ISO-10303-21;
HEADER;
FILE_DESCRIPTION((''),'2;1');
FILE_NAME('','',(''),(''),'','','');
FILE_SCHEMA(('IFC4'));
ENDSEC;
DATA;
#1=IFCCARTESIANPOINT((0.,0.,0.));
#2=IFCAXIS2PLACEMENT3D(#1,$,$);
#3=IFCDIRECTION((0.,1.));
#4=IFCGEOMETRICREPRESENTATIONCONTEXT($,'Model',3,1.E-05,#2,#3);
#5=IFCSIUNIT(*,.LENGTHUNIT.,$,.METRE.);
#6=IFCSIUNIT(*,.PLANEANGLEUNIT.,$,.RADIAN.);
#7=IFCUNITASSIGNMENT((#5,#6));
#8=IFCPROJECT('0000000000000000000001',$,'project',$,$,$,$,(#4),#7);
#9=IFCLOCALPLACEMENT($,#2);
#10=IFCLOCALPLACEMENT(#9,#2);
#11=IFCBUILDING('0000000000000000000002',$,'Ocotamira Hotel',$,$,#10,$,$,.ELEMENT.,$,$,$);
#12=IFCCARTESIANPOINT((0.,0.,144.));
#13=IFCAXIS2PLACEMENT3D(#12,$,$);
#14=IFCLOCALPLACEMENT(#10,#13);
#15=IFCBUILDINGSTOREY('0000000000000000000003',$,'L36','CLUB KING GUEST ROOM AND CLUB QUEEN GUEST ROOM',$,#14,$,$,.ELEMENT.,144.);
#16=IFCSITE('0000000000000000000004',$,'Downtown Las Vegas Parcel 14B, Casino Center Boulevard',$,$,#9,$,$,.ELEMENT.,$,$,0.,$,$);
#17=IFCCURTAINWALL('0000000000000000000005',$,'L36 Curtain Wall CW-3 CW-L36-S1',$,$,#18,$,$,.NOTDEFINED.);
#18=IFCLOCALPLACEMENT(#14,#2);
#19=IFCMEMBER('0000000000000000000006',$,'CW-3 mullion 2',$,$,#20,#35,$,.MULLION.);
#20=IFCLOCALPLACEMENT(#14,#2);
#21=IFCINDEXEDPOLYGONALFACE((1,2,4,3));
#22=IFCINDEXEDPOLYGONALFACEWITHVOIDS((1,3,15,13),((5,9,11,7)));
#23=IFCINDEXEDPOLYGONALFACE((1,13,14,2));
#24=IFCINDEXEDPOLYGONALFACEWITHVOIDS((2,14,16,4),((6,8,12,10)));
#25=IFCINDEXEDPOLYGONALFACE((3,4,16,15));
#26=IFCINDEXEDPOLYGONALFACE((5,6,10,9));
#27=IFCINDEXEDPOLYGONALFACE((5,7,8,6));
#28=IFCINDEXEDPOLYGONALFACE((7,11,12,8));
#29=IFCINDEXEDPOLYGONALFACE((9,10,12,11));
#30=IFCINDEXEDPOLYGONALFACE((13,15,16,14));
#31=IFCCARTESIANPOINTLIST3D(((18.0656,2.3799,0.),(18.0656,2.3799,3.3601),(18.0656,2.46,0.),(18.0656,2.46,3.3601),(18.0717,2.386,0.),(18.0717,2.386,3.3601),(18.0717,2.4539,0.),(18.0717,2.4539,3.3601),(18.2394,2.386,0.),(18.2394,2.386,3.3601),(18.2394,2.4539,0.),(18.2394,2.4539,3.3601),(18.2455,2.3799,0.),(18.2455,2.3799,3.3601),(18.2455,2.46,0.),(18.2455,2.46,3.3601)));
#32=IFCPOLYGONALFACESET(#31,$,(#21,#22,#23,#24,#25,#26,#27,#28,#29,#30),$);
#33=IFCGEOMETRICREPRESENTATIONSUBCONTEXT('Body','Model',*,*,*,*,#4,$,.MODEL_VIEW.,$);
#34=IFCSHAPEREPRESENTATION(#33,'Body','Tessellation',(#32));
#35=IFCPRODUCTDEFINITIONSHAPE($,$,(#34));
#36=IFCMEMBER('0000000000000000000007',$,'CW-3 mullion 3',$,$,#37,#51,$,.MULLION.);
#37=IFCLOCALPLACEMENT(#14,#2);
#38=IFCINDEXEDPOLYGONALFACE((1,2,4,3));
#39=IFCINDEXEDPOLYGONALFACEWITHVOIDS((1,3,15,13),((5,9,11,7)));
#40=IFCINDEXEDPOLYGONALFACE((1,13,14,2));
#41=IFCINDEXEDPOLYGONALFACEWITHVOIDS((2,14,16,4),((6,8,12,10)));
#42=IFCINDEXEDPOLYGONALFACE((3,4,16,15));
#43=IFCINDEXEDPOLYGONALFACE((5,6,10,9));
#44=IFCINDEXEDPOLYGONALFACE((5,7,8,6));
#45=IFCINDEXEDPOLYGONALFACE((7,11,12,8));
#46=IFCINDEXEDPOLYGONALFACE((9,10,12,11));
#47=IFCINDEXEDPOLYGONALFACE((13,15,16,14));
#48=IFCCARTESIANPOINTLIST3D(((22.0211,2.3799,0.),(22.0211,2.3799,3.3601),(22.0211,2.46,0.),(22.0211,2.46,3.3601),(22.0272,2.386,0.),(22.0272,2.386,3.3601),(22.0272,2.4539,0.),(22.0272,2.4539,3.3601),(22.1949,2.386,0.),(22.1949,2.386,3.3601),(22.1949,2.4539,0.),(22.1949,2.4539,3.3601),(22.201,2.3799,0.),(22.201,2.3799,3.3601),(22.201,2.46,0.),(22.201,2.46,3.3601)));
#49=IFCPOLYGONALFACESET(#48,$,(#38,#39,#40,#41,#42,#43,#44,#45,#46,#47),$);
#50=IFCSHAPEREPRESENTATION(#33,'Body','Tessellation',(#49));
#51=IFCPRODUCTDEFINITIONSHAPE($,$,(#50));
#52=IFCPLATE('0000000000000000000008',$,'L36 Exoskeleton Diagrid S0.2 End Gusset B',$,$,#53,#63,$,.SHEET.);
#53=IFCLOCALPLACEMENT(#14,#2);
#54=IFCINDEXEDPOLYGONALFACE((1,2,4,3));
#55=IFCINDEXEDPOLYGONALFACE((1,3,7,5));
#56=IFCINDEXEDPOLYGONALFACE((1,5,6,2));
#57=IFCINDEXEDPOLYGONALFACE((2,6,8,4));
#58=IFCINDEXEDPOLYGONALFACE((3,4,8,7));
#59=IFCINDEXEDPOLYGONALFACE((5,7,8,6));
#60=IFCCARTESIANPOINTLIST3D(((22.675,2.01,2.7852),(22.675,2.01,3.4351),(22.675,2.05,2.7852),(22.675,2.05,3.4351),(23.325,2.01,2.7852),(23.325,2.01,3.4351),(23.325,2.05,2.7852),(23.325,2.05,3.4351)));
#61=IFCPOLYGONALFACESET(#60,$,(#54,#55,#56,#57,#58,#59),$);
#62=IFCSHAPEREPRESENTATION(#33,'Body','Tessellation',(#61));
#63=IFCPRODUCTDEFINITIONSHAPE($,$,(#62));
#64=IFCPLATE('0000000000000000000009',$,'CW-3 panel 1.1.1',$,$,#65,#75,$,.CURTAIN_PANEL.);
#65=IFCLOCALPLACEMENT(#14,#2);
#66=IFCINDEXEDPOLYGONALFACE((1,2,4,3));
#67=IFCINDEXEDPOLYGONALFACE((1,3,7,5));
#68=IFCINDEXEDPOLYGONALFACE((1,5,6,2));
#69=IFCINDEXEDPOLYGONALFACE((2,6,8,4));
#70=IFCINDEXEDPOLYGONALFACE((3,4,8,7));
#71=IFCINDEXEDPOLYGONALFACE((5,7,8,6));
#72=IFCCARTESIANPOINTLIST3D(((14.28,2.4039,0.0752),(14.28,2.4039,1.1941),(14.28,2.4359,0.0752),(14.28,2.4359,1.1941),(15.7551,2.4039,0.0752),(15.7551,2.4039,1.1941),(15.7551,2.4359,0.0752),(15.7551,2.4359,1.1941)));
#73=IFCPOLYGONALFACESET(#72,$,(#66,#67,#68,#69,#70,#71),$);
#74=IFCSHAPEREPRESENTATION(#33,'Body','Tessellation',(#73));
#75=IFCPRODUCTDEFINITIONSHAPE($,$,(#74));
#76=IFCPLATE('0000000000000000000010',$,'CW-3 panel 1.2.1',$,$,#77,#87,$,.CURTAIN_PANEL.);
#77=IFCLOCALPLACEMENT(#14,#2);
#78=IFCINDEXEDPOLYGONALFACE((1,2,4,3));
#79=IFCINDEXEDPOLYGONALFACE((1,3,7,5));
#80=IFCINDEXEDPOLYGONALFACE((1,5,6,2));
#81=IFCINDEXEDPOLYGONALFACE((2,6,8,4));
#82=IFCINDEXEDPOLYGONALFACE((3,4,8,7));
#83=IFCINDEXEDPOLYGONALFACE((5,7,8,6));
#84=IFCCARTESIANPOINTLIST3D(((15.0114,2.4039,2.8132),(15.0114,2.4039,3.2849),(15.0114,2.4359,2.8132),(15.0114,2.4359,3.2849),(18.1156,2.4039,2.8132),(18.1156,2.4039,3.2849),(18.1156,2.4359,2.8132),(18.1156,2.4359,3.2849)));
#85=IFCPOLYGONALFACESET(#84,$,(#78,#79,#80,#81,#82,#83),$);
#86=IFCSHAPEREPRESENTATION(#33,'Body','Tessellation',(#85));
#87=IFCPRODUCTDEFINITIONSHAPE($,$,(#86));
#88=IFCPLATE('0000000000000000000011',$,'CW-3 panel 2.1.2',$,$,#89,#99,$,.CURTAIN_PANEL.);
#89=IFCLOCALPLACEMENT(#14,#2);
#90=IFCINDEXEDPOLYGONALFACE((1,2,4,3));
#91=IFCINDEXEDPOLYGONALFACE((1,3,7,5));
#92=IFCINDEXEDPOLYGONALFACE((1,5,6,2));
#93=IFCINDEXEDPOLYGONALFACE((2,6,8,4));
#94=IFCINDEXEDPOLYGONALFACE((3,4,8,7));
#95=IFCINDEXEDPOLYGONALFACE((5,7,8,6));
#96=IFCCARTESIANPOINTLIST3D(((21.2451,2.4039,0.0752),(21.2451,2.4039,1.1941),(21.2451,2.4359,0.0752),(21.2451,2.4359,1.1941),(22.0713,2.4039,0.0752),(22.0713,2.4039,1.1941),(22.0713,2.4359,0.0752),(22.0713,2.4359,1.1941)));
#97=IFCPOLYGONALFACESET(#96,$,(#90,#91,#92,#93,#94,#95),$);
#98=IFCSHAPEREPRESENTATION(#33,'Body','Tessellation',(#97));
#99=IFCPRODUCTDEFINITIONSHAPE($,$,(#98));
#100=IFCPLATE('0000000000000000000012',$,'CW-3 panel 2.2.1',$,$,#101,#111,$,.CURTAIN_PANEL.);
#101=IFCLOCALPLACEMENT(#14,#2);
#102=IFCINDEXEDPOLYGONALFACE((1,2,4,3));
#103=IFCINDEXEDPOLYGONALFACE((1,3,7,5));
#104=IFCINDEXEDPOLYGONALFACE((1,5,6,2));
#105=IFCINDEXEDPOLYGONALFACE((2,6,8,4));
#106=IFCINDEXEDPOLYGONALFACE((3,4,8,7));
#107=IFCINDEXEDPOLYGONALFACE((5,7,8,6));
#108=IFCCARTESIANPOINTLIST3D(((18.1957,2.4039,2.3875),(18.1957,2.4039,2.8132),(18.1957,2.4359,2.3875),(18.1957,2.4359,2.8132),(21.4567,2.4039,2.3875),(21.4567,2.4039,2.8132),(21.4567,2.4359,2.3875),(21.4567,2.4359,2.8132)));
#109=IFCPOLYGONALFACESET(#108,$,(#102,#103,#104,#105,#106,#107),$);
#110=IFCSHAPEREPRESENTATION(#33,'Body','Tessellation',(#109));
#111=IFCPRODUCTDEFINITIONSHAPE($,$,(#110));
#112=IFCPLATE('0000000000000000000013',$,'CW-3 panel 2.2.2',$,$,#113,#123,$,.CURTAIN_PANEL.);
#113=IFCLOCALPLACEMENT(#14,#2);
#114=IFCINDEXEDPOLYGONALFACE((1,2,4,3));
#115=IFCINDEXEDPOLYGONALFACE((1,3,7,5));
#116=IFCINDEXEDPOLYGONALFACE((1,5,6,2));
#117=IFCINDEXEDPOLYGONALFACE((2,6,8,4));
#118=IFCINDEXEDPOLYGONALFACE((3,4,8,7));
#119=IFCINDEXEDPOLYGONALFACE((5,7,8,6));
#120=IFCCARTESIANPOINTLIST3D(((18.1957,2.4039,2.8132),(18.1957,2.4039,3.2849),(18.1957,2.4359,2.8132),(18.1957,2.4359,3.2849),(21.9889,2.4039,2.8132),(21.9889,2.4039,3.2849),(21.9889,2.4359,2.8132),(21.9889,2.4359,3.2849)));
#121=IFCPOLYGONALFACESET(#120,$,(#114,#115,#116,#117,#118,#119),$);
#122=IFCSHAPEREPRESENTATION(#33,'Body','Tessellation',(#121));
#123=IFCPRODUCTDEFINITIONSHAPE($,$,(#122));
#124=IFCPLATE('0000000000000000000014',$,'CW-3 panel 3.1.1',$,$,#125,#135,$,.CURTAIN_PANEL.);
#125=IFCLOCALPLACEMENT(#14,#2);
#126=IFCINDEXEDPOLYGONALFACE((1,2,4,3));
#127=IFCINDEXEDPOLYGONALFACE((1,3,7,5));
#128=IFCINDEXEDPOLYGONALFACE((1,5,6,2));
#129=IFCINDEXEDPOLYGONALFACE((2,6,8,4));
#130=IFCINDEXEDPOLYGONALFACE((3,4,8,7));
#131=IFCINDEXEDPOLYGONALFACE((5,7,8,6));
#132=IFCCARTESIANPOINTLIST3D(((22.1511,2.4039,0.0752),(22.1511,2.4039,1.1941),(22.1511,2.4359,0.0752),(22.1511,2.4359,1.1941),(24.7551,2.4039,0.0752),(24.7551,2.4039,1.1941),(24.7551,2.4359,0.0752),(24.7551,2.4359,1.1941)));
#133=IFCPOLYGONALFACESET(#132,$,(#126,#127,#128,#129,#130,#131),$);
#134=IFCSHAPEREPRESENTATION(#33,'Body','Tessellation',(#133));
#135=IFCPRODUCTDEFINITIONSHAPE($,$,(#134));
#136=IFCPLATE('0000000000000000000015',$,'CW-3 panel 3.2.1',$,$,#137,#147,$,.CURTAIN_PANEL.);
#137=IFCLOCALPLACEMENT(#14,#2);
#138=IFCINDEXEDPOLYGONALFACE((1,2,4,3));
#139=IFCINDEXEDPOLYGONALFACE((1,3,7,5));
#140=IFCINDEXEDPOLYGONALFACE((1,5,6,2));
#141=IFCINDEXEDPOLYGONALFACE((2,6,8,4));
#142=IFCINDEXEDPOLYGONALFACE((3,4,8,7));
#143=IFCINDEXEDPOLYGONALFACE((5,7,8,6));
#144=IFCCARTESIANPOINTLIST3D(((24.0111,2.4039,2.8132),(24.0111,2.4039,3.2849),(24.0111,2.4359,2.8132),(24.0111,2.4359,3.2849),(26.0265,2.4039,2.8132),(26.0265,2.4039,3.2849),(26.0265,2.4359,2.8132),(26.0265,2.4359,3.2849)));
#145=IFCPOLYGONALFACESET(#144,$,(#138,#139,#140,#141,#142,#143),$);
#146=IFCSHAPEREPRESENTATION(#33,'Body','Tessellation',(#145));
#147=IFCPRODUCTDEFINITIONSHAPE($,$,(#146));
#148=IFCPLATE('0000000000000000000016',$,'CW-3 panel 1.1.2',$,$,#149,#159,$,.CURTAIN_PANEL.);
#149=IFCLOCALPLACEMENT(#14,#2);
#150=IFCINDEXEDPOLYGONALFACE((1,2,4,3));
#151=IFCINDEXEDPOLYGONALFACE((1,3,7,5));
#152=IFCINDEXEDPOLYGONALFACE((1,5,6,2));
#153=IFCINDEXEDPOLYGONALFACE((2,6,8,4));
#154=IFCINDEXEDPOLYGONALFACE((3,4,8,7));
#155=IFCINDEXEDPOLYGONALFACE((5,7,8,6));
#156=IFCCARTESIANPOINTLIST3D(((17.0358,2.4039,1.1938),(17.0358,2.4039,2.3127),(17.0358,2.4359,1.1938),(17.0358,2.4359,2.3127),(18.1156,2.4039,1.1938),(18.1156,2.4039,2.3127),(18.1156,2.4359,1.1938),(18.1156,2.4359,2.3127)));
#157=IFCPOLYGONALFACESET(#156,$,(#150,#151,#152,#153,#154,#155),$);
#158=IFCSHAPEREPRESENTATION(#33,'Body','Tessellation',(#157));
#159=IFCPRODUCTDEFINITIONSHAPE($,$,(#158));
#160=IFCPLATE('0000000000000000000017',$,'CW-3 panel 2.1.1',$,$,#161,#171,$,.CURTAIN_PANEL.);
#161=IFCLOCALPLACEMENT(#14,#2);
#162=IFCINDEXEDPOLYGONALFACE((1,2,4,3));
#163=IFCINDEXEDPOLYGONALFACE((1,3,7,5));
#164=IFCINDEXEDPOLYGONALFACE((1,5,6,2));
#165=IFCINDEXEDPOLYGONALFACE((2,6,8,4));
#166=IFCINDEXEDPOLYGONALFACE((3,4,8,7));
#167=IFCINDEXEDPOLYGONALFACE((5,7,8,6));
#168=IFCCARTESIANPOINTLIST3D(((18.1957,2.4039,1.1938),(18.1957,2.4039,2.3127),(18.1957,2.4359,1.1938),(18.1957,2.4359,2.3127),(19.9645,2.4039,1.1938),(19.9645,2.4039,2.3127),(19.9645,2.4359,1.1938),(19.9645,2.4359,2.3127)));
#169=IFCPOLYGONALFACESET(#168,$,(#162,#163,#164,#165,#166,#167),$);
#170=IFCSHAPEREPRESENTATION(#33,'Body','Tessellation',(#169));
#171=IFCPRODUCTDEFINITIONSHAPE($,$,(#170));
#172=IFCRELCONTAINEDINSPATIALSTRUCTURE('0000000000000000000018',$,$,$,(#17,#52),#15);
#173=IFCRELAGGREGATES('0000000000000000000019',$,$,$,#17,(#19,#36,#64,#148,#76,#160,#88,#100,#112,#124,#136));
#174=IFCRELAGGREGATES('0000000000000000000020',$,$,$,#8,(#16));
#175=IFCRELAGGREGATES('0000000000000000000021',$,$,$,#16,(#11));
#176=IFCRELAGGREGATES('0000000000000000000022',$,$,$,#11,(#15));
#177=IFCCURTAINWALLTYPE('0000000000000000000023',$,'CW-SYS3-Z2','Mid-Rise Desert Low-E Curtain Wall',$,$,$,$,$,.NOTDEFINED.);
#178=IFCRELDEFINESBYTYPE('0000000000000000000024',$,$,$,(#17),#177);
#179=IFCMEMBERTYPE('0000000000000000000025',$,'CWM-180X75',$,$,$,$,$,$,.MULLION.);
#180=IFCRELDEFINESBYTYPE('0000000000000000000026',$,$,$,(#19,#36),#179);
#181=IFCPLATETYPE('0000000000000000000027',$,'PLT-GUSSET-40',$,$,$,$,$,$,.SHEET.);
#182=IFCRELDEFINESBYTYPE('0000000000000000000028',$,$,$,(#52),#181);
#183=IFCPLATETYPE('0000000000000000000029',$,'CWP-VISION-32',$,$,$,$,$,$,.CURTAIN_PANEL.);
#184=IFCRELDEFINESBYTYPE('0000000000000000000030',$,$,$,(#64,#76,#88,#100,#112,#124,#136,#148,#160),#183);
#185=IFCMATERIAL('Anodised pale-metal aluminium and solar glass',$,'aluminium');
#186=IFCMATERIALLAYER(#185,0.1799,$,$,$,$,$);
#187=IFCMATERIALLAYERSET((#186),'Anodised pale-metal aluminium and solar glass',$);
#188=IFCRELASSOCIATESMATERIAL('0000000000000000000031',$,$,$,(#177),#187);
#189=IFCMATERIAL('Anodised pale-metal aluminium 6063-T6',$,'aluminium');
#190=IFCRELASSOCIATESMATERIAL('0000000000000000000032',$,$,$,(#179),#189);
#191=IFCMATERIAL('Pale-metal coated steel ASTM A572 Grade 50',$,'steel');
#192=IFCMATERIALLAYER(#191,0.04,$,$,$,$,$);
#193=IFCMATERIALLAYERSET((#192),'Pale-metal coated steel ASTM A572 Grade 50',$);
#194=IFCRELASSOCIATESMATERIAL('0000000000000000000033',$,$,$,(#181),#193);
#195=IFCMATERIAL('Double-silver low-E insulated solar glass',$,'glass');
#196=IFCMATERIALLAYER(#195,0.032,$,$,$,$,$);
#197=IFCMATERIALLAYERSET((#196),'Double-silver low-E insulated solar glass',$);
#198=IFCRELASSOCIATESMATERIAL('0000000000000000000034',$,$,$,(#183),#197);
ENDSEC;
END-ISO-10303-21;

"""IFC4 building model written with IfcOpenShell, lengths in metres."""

from ifc_helpers import new_model, si_unit, direction, frame, origin, origin_2d, place, context, subcontext, project, spatial, rectangle, hollow_rectangle, extrude, source, transform, mapped, material, layer, layer_set, material_profile, profile_set, type_object, element, aggregate, save


model = new_model("IFC4")

# Units and contexts
model_context = context("Model", 3, precision=1e-05, world=origin(), true_north=direction((0.0, 1.0)))
body_context = subcontext(model_context, "Body", "Model", "MODEL_VIEW")
ifc_project = project(units=[si_unit("LENGTHUNIT", "METRE"), si_unit("PLANEANGLEUNIT", "RADIAN")], contexts=[model_context])

# Site, building, storey
site_placement = place(None, origin())
site = spatial("IfcSite", under=ifc_project, at=site_placement, Name="Downtown Las Vegas Parcel 14B, Casino Center Boulevard", CompositionType="ELEMENT", RefElevation=0.0)
building_placement = place(site_placement, origin())
building = spatial("IfcBuilding", under=site, at=building_placement, Name="Ocotamira Hotel", CompositionType="ELEMENT")
storey_placement = place(building_placement, frame((0.0, 0.0, 144.0)))
storey = spatial("IfcBuildingStorey", under=building, at=storey_placement, Name="L36", Description="CLUB KING GUEST ROOM AND CLUB QUEEN GUEST ROOM", CompositionType="ELEMENT", Elevation=144.0)

# Curtain wall, members
ifc_material_1 = material(Name="Anodised pale-metal aluminium and solar glass", Category="aluminium")
ifc_layer_1 = layer(ifc_material_1, 0.1799)
ifc_layer_set_1 = layer_set([ifc_layer_1], Name="Anodised pale-metal aluminium and solar glass")
curtain_wall_type = type_object("IfcCurtainWallType", Name="CW-SYS3-Z2", Description="Mid-Rise Desert Low-E Curtain Wall", PredefinedType="NOTDEFINED", material=ifc_layer_set_1)
curtain_wall_placement = place(storey_placement, origin())
curtain_wall = element("IfcCurtainWall", 1, at=curtain_wall_placement, inside=storey, type_object=curtain_wall_type, Name="L36 Curtain Wall CW-3 CW-L36-S1", PredefinedType="NOTDEFINED")
ifc_material_2 = material(Name="Anodised pale-metal aluminium 6063-T6", Category="aluminium")
ifc_material_profile_1 = material_profile(ifc_material_2, hollow_rectangle(XDim=0.0801, YDim=0.1799, WallThickness=0.0061, at=origin_2d()), Name="HSS180X80X6")
ifc_profile_set_1 = profile_set([ifc_material_profile_1], Name="Anodised pale-metal aluminium 6063-T6")
member_type_1 = type_object("IfcMemberType", Name="CWM-180X75", PredefinedType="MULLION", material=ifc_profile_set_1)
shared_shape_1 = source(origin(), body_context, "Body", "SweptSolid", [
    extrude(hollow_rectangle(XDim=0.0801, YDim=0.1799, WallThickness=0.0061, at=origin_2d()), origin(), (0.0, 0.0, 1.0), 3.3601),
])
member_1_placement = place(storey_placement, frame((18.1555, 2.4199, 0.0), z_axis=(0.0, 0.0, 1.0), x_axis=(0.0, 1.0, 0.0)))
member_1 = element("IfcMember", 2, at=member_1_placement, type_object=member_type_1, Name="CW-3 mullion 2", PredefinedType="MULLION", context=body_context, shape_type="MappedRepresentation", body=[
    mapped(shared_shape_1, transform((0.0, 0.0, 0.0), scale=1.0)),
])
member_2_placement = place(storey_placement, frame((22.1111, 2.4199, 0.0), z_axis=(0.0, 0.0, 1.0), x_axis=(0.0, 1.0, 0.0)))
member_2 = element("IfcMember", 3, at=member_2_placement, type_object=member_type_1, Name="CW-3 mullion 3", PredefinedType="MULLION", context=body_context, shape_type="MappedRepresentation", body=[
    mapped(shared_shape_1, transform((0.0, 0.0, 0.0), scale=1.0)),
])

# Plates
ifc_material_3 = material(Name="Pale-metal coated steel ASTM A572 Grade 50", Category="steel")
ifc_layer_2 = layer(ifc_material_3, 0.04)
ifc_layer_set_2 = layer_set([ifc_layer_2], Name="Pale-metal coated steel ASTM A572 Grade 50")
plate_type_1 = type_object("IfcPlateType", Name="PLT-GUSSET-40", PredefinedType="SHEET", material=ifc_layer_set_2)
shared_shape_2 = source(origin(), body_context, "Body", "SweptSolid", [
    extrude(rectangle(XDim=0.6499, YDim=0.04, at=origin_2d()), origin(), (0.0, 0.0, 1.0), 0.6499),
])
plate_1_placement = place(storey_placement, frame((23.0, 2.03, 2.7852), z_axis=(0.0, 0.0, 1.0), x_axis=(1.0, 0.0, 0.0)))
element("IfcPlate", 4, at=plate_1_placement, inside=storey, type_object=plate_type_1, Name="L36 Exoskeleton Diagrid S0.2 End Gusset B", PredefinedType="SHEET", context=body_context, shape_type="MappedRepresentation", body=[
    mapped(shared_shape_2, transform((0.0, 0.0, 0.0), scale=1.0)),
])
ifc_material_4 = material(Name="Double-silver low-E insulated solar glass", Category="glass")
ifc_layer_3 = layer(ifc_material_4, 0.032)
ifc_layer_set_3 = layer_set([ifc_layer_3], Name="Double-silver low-E insulated solar glass")
plate_type_2 = type_object("IfcPlateType", Name="CWP-VISION-32", PredefinedType="CURTAIN_PANEL", material=ifc_layer_set_3)
shared_shape_3 = source(origin(), body_context, "Body", "SweptSolid", [
    extrude(rectangle(XDim=1.4751, YDim=0.032, at=origin_2d()), origin(), (0.0, 0.0, 1.0), 1.1189),
])
plate_2_placement = place(storey_placement, frame((15.0176, 2.4199, 0.0752), z_axis=(0.0, 0.0, 1.0), x_axis=(1.0, 0.0, 0.0)))
plate_2 = element("IfcPlate", 5, at=plate_2_placement, type_object=plate_type_2, Name="CW-3 panel 1.1.1", PredefinedType="CURTAIN_PANEL", context=body_context, shape_type="MappedRepresentation", body=[
    mapped(shared_shape_3, transform((0.0, 0.0, 0.0), scale=1.0)),
])
shared_shape_4 = source(origin(), body_context, "Body", "SweptSolid", [
    extrude(rectangle(XDim=3.1042, YDim=0.032, at=origin_2d()), origin(), (0.0, 0.0, 1.0), 0.4717),
])
plate_3_placement = place(storey_placement, frame((16.5635, 2.4199, 2.8132), z_axis=(0.0, 0.0, 1.0), x_axis=(1.0, 0.0, 0.0)))
plate_3 = element("IfcPlate", 6, at=plate_3_placement, type_object=plate_type_2, Name="CW-3 panel 1.2.1", PredefinedType="CURTAIN_PANEL", context=body_context, shape_type="MappedRepresentation", body=[
    mapped(shared_shape_4, transform((0.0, 0.0, 0.0), scale=1.0)),
])
shared_shape_5 = source(origin(), body_context, "Body", "SweptSolid", [
    extrude(rectangle(XDim=0.8262, YDim=0.032, at=origin_2d()), origin(), (0.0, 0.0, 1.0), 1.1189),
])
plate_4_placement = place(storey_placement, frame((21.6582, 2.4199, 0.0752), z_axis=(0.0, 0.0, 1.0), x_axis=(1.0, 0.0, 0.0)))
plate_4 = element("IfcPlate", 7, at=plate_4_placement, type_object=plate_type_2, Name="CW-3 panel 2.1.2", PredefinedType="CURTAIN_PANEL", context=body_context, shape_type="MappedRepresentation", body=[
    mapped(shared_shape_5, transform((0.0, 0.0, 0.0), scale=1.0)),
])
shared_shape_6 = source(origin(), body_context, "Body", "SweptSolid", [
    extrude(rectangle(XDim=3.261, YDim=0.032, at=origin_2d()), origin(), (0.0, 0.0, 1.0), 0.4258),
])
plate_5_placement = place(storey_placement, frame((19.8262, 2.4199, 2.3875), z_axis=(0.0, 0.0, 1.0), x_axis=(1.0, 0.0, 0.0)))
plate_5 = element("IfcPlate", 8, at=plate_5_placement, type_object=plate_type_2, Name="CW-3 panel 2.2.1", PredefinedType="CURTAIN_PANEL", context=body_context, shape_type="MappedRepresentation", body=[
    mapped(shared_shape_6, transform((0.0, 0.0, 0.0), scale=1.0)),
])
shared_shape_7 = source(origin(), body_context, "Body", "SweptSolid", [
    extrude(rectangle(XDim=3.7932, YDim=0.032, at=origin_2d()), origin(), (0.0, 0.0, 1.0), 0.4717),
])
plate_6_placement = place(storey_placement, frame((20.0923, 2.4199, 2.8132), z_axis=(0.0, 0.0, 1.0), x_axis=(1.0, 0.0, 0.0)))
plate_6 = element("IfcPlate", 9, at=plate_6_placement, type_object=plate_type_2, Name="CW-3 panel 2.2.2", PredefinedType="CURTAIN_PANEL", context=body_context, shape_type="MappedRepresentation", body=[
    mapped(shared_shape_7, transform((0.0, 0.0, 0.0), scale=1.0)),
])
shared_shape_8 = source(origin(), body_context, "Body", "SweptSolid", [
    extrude(rectangle(XDim=2.604, YDim=0.032, at=origin_2d()), origin(), (0.0, 0.0, 1.0), 1.1189),
])
plate_7_placement = place(storey_placement, frame((23.4531, 2.4199, 0.0752), z_axis=(0.0, 0.0, 1.0), x_axis=(1.0, 0.0, 0.0)))
plate_7 = element("IfcPlate", 10, at=plate_7_placement, type_object=plate_type_2, Name="CW-3 panel 3.1.1", PredefinedType="CURTAIN_PANEL", context=body_context, shape_type="MappedRepresentation", body=[
    mapped(shared_shape_8, transform((0.0, 0.0, 0.0), scale=1.0)),
])
shared_shape_9 = source(origin(), body_context, "Body", "SweptSolid", [
    extrude(rectangle(XDim=2.0154, YDim=0.032, at=origin_2d()), origin(), (0.0, 0.0, 1.0), 0.4717),
])
plate_8_placement = place(storey_placement, frame((25.0188, 2.4199, 2.8132), z_axis=(0.0, 0.0, 1.0), x_axis=(1.0, 0.0, 0.0)))
plate_8 = element("IfcPlate", 11, at=plate_8_placement, type_object=plate_type_2, Name="CW-3 panel 3.2.1", PredefinedType="CURTAIN_PANEL", context=body_context, shape_type="MappedRepresentation", body=[
    mapped(shared_shape_9, transform((0.0, 0.0, 0.0), scale=1.0)),
])
shared_shape_10 = source(origin(), body_context, "Body", "SweptSolid", [
    extrude(rectangle(XDim=1.0798, YDim=0.032, at=origin_2d()), origin(), (0.0, 0.0, 1.0), 1.1189),
])
plate_9_placement = place(storey_placement, frame((17.5757, 2.4199, 1.1938), z_axis=(0.0, 0.0, 1.0), x_axis=(1.0, 0.0, 0.0)))
plate_9 = element("IfcPlate", 12, at=plate_9_placement, type_object=plate_type_2, Name="CW-3 panel 1.1.2", PredefinedType="CURTAIN_PANEL", context=body_context, shape_type="MappedRepresentation", body=[
    mapped(shared_shape_10, transform((0.0, 0.0, 0.0), scale=1.0)),
])
shared_shape_11 = source(origin(), body_context, "Body", "SweptSolid", [
    extrude(rectangle(XDim=1.7688, YDim=0.032, at=origin_2d()), origin(), (0.0, 0.0, 1.0), 1.1189),
])
plate_10_placement = place(storey_placement, frame((19.0801, 2.4199, 1.1938), z_axis=(0.0, 0.0, 1.0), x_axis=(1.0, 0.0, 0.0)))
plate_10 = element("IfcPlate", 13, at=plate_10_placement, type_object=plate_type_2, Name="CW-3 panel 2.1.1", PredefinedType="CURTAIN_PANEL", context=body_context, shape_type="MappedRepresentation", body=[
    mapped(shared_shape_11, transform((0.0, 0.0, 0.0), scale=1.0)),
])
aggregate(curtain_wall, [member_1, member_2, plate_2, plate_9, plate_3, plate_10, plate_4, plate_5, plate_6, plate_7, plate_8])

save(model, "model.ifc")
